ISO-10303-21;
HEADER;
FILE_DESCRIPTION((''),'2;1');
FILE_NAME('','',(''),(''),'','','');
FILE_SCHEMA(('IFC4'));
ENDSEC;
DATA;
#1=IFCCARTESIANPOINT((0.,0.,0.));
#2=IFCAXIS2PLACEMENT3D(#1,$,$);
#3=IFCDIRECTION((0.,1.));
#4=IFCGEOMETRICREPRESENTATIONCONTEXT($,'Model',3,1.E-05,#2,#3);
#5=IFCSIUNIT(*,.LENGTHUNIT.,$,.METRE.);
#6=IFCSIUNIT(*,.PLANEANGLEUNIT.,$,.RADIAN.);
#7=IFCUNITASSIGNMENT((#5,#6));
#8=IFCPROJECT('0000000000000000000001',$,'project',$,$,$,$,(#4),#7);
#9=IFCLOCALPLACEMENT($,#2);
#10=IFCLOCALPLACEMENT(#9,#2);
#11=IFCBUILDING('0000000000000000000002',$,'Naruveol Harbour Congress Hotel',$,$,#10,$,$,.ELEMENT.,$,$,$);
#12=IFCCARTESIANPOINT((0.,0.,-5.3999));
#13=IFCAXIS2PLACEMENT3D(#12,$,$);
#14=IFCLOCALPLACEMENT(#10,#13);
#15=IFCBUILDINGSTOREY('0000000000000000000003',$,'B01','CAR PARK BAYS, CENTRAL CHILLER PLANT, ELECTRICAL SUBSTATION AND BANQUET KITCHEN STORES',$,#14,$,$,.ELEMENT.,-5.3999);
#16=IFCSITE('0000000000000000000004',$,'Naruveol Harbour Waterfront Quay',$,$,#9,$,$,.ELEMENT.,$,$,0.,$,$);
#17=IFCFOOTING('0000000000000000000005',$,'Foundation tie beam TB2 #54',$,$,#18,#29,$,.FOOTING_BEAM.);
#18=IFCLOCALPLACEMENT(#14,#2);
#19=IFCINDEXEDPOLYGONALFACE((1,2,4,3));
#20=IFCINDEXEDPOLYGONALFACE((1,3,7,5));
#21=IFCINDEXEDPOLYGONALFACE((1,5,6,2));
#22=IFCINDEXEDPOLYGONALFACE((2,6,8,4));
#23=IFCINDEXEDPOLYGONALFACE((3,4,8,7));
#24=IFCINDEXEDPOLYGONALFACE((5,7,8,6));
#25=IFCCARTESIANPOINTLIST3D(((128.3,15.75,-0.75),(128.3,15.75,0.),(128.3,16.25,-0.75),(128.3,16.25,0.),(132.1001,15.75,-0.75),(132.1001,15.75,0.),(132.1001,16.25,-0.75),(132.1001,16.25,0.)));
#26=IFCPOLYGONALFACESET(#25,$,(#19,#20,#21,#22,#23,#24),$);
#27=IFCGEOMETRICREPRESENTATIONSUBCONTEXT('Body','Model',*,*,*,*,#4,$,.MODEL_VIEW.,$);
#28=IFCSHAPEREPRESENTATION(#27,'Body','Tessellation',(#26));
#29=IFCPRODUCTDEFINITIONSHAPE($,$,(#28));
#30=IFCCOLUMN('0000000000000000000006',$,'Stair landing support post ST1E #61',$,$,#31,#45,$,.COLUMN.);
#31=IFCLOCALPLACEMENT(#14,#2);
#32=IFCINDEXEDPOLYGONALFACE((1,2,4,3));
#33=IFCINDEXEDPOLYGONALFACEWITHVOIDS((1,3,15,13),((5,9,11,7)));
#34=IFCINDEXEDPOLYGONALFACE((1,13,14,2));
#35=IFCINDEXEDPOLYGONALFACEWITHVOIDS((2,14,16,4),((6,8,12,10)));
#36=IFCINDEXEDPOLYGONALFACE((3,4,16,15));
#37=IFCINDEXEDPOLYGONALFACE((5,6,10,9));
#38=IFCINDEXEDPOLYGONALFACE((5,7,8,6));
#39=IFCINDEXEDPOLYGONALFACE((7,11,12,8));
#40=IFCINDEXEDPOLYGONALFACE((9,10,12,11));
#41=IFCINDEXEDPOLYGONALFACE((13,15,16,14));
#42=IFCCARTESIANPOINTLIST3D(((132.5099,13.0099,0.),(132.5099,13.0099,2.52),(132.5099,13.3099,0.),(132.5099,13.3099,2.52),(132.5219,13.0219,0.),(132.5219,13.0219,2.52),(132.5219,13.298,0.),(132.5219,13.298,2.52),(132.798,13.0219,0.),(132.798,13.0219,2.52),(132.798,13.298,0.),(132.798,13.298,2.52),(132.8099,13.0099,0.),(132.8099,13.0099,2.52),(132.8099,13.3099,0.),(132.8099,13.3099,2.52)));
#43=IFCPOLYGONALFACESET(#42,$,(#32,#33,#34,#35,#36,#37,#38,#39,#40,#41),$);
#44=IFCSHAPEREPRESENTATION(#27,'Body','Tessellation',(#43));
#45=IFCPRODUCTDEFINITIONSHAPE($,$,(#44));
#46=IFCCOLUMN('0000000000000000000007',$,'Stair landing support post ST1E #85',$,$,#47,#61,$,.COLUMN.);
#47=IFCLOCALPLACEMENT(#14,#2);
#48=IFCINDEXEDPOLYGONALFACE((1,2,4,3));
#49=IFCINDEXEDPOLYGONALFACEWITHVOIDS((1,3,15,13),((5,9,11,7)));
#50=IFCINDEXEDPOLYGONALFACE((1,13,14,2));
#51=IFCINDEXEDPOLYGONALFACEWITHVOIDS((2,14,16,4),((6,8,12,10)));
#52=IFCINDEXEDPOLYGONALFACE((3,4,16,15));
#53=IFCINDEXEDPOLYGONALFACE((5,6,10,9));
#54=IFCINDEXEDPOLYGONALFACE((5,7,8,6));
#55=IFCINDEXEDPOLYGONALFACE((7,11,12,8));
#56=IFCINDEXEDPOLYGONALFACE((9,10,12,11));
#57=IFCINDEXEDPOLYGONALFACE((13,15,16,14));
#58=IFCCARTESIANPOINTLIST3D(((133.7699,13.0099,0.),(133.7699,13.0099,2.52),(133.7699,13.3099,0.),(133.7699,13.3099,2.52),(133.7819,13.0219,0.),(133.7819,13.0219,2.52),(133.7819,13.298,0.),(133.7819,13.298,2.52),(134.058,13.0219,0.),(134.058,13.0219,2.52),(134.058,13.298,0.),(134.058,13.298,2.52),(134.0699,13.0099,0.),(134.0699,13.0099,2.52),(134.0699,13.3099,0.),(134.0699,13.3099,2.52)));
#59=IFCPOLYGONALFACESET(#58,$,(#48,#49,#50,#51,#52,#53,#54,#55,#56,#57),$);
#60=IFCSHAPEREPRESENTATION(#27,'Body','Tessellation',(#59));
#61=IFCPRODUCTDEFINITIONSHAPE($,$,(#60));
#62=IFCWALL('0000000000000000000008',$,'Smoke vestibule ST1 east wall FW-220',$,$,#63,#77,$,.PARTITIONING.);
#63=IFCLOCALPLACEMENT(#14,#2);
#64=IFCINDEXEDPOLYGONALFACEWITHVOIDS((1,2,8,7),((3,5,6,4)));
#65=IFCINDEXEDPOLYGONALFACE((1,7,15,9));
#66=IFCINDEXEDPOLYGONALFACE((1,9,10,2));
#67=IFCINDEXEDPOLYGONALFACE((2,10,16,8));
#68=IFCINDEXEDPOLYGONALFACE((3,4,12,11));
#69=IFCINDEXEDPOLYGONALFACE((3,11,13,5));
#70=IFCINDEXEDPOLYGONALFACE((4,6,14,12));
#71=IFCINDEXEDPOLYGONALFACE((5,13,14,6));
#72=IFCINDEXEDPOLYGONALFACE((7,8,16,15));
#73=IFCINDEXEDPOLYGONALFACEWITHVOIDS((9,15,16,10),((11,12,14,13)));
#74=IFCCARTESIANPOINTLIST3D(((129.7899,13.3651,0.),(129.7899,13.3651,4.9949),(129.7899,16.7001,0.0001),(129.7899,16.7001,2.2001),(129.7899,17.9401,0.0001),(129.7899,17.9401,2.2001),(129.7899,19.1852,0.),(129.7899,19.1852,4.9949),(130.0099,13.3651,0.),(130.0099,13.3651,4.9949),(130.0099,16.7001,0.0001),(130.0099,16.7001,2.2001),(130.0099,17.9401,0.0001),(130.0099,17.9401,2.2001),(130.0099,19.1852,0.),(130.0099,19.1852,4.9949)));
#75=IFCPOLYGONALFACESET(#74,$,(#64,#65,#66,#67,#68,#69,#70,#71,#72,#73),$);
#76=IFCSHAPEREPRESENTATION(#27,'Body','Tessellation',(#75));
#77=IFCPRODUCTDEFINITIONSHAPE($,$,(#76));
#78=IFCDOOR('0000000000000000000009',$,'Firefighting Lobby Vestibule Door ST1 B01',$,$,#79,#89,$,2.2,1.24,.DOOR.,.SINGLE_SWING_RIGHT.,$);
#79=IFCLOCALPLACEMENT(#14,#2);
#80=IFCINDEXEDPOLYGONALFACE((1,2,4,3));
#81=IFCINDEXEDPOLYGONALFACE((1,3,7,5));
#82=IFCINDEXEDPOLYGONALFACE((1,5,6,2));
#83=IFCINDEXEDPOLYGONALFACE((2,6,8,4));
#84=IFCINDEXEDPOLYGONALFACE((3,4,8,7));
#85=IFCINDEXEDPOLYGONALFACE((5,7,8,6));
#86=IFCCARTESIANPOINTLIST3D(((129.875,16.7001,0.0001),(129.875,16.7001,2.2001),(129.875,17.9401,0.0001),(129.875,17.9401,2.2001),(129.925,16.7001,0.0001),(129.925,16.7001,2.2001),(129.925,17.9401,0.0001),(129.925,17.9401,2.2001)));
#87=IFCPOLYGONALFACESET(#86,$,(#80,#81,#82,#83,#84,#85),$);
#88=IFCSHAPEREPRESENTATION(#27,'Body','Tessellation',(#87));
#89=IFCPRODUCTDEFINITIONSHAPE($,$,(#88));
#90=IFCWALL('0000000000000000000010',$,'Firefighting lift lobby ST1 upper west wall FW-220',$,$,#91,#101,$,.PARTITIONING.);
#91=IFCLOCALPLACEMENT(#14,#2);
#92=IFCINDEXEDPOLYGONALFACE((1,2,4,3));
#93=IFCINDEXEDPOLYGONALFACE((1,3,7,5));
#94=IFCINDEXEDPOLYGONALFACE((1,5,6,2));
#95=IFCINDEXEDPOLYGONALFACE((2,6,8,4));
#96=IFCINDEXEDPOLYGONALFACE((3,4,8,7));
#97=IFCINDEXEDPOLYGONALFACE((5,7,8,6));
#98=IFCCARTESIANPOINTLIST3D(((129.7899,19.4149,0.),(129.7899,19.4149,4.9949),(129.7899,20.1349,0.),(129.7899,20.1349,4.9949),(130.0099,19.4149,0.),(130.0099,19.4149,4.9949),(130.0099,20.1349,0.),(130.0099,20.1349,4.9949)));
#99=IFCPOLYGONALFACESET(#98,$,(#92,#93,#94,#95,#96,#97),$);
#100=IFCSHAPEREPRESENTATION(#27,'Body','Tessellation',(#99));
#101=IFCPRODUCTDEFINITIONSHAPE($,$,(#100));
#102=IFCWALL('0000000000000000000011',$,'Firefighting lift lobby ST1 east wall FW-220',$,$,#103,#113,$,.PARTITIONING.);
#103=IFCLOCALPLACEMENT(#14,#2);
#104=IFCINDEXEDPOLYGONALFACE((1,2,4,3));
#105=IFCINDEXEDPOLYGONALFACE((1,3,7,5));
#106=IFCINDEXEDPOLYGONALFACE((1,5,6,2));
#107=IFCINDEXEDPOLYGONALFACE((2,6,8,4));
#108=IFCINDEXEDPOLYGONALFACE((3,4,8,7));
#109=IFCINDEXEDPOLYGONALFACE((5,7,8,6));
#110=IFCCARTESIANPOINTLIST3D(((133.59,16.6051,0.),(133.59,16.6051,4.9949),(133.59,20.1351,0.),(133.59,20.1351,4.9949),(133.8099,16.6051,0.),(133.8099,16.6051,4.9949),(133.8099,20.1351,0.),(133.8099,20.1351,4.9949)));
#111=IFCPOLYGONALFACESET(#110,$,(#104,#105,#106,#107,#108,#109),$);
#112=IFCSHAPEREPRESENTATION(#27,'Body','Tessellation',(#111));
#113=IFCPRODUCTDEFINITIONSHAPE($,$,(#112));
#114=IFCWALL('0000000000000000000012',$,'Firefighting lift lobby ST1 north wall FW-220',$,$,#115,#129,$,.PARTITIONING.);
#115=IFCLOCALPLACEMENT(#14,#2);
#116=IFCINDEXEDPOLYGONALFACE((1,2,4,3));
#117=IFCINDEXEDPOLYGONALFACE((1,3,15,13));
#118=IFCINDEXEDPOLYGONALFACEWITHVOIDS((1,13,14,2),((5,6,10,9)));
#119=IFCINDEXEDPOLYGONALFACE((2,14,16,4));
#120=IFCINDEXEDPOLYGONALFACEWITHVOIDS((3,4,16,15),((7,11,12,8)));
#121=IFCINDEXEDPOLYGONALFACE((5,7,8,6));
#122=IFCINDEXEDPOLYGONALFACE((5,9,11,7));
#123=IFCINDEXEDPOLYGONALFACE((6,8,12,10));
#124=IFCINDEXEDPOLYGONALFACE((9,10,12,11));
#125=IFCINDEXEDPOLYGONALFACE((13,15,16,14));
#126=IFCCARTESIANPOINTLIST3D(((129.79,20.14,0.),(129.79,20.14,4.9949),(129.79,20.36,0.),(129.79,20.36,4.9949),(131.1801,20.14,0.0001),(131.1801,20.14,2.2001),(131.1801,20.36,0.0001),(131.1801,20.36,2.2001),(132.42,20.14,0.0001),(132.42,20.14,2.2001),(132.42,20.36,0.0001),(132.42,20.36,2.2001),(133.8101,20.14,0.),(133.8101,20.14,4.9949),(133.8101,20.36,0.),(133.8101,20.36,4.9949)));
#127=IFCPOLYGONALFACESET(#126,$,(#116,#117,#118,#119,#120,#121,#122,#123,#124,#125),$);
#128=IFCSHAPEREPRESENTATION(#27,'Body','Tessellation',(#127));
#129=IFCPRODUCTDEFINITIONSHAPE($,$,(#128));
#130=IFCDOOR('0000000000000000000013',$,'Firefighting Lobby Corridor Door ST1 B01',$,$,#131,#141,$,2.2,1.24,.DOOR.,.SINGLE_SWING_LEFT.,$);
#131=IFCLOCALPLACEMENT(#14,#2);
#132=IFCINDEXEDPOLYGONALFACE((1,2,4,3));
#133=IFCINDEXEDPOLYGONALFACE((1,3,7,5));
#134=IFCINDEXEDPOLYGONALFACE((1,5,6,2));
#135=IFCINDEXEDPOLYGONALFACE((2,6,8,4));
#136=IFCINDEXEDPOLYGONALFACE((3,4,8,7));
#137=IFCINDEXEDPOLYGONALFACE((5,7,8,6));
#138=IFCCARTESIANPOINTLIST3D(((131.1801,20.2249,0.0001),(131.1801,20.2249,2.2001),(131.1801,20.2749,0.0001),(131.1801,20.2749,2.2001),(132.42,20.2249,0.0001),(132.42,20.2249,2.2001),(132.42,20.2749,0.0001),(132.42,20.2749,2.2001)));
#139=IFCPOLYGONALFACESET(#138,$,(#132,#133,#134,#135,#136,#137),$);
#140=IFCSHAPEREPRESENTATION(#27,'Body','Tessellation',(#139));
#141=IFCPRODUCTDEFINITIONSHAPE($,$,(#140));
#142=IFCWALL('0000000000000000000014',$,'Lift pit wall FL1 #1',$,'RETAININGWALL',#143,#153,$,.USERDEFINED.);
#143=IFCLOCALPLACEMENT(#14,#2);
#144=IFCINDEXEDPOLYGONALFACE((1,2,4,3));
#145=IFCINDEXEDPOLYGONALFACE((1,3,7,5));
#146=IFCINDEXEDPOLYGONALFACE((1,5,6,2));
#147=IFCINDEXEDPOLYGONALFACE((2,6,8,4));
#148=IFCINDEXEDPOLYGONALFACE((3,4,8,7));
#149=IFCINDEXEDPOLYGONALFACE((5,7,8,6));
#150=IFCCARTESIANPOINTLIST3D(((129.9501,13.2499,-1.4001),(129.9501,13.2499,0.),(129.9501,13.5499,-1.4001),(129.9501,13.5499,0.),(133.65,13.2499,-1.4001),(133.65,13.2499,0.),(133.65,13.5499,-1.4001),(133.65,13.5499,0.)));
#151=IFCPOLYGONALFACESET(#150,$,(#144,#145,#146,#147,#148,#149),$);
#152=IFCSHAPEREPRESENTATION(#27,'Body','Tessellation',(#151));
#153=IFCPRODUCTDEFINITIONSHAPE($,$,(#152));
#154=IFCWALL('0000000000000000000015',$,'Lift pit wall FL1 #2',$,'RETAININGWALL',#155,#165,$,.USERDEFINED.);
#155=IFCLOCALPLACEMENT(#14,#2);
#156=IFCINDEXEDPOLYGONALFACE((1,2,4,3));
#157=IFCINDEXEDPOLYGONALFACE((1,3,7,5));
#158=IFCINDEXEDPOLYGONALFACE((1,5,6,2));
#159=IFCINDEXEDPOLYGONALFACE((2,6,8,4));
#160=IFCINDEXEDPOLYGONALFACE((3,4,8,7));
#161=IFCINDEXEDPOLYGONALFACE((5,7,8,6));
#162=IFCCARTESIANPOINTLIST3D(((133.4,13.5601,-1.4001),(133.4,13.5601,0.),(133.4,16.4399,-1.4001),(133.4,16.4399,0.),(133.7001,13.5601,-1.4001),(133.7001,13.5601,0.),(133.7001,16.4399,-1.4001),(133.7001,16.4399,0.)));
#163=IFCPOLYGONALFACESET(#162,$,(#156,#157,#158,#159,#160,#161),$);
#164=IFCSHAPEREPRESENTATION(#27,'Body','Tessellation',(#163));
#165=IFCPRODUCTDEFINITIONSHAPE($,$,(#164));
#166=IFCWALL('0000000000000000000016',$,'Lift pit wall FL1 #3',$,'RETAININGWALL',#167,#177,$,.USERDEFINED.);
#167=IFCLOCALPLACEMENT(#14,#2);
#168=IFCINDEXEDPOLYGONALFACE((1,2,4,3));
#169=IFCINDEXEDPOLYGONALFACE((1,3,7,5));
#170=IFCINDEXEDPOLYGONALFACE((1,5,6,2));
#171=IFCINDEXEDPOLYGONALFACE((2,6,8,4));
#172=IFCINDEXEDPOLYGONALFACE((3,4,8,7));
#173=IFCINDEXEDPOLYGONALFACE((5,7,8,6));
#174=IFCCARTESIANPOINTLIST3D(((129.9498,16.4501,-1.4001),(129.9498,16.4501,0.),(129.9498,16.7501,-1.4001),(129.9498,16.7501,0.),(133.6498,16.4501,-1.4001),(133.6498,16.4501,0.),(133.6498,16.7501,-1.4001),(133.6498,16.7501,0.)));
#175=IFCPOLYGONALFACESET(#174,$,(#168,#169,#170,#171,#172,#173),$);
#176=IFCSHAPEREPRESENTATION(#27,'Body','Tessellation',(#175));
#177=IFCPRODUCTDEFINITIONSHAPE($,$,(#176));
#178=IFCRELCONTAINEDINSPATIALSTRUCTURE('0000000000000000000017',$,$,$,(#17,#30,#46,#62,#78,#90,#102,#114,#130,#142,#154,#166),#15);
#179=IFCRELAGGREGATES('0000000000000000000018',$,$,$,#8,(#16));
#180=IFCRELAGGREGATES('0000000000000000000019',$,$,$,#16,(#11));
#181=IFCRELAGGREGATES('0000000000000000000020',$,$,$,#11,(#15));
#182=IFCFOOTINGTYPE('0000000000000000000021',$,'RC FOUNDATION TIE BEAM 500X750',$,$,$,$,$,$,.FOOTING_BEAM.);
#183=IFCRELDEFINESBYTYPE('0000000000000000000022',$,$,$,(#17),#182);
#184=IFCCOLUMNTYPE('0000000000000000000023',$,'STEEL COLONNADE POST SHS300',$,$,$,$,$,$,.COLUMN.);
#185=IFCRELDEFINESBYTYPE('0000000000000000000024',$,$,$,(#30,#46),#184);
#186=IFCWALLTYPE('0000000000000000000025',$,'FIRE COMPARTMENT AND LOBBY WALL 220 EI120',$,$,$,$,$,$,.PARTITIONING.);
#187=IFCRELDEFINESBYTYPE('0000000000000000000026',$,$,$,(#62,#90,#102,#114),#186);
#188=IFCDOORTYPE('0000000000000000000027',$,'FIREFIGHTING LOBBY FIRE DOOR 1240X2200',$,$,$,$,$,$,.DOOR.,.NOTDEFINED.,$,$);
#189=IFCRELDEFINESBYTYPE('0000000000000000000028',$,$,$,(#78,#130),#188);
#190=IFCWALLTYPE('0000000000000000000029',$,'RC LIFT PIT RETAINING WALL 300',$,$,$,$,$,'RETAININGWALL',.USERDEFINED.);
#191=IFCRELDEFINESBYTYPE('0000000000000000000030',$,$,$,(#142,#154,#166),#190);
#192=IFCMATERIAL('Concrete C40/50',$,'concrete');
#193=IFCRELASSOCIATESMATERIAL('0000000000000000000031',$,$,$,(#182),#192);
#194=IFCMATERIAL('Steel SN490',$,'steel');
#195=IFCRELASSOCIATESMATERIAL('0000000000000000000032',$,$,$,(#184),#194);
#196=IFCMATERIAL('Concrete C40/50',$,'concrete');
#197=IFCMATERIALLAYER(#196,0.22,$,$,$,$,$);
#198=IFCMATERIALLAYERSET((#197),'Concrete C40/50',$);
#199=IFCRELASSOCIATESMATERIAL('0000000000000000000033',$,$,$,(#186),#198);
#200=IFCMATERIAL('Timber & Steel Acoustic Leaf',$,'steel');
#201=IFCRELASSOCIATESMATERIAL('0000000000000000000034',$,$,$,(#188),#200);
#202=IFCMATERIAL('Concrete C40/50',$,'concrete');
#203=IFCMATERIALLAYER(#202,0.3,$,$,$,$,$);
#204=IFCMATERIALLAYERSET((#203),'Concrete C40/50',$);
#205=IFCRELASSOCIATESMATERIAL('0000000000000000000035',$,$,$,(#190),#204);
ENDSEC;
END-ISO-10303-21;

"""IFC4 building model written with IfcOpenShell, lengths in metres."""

from ifc_helpers import new_model, si_unit, direction, frame, frame_2d, origin, origin_2d, place, context, subcontext, project, spatial, rectangle, hollow_rectangle, extrude, material, layer, layer_set, material_profile, profile_set, type_object, element, fill, save


model = new_model("IFC4")

# Units and contexts
model_context = context("Model", 3, precision=1e-05, world=origin(), true_north=direction((0.0, 1.0)))
body_context = subcontext(model_context, "Body", "Model", "MODEL_VIEW")
ifc_project = project(units=[si_unit("LENGTHUNIT", "METRE"), si_unit("PLANEANGLEUNIT", "RADIAN")], contexts=[model_context])

# Site, building, storey
site_placement = place(None, origin())
site = spatial("IfcSite", under=ifc_project, at=site_placement, Name="Naruveol Harbour Waterfront Quay", CompositionType="ELEMENT", RefElevation=0.0)
building_placement = place(site_placement, origin())
building = spatial("IfcBuilding", under=site, at=building_placement, Name="Naruveol Harbour Congress Hotel", CompositionType="ELEMENT")
storey_placement = place(building_placement, frame((0.0, 0.0, -5.3999)))
storey = spatial("IfcBuildingStorey", under=building, at=storey_placement, Name="B01", Description="CAR PARK BAYS, CENTRAL CHILLER PLANT, ELECTRICAL SUBSTATION AND BANQUET KITCHEN STORES", CompositionType="ELEMENT", Elevation=-5.3999)

# Footing
ifc_material_1 = material(Name="Concrete C40/50", Category="concrete")
ifc_material_profile_1 = material_profile(ifc_material_1, rectangle(XDim=0.5, YDim=0.75, at=origin_2d()), Name="RCB-500x750")
ifc_profile_set_1 = profile_set([ifc_material_profile_1], Name="Concrete C40/50")
footing_type = type_object("IfcFootingType", Name="RC FOUNDATION TIE BEAM 500X750", PredefinedType="FOOTING_BEAM", material=ifc_profile_set_1)
footing_placement = place(storey_placement, frame((128.3, 16.0, -0.375), z_axis=(1.0, 0.0, 0.0), x_axis=(0.0, 1.0, 0.0)))
element("IfcFooting", 1, at=footing_placement, inside=storey, type_object=footing_type, Name="Foundation tie beam TB2 #54", PredefinedType="FOOTING_BEAM", context=body_context, shape_type="SweptSolid", body=[
    extrude(rectangle(XDim=0.5, YDim=0.75, at=origin_2d()), origin(), (0.0, 0.0, 1.0), 3.8),
])

# Columns
ifc_material_2 = material(Name="Steel SN490", Category="steel")
ifc_material_profile_2 = material_profile(ifc_material_2, hollow_rectangle(XDim=0.3, YDim=0.3, WallThickness=0.012, at=origin_2d()), Name="SHS-300x300x12")
ifc_profile_set_2 = profile_set([ifc_material_profile_2], Name="Steel SN490")
column_type = type_object("IfcColumnType", Name="STEEL COLONNADE POST SHS300", PredefinedType="COLUMN", material=ifc_profile_set_2)
for number, where, z_axis, x_axis, name in (
    (2, (132.6599, 13.1599, 0.0), (0.0, 0.0, 1.0), (1.0, 0.0, 0.0), "Stair landing support post ST1E #61"),
    (3, (133.9199, 13.1599, 0.0), (0.0, 0.0, 1.0), (1.0, 0.0, 0.0), "Stair landing support post ST1E #85"),
):
    element("IfcColumn", number, at=place(storey_placement, frame(where, z_axis=z_axis, x_axis=x_axis)), inside=storey, type_object=column_type, Name=name, PredefinedType="COLUMN", context=body_context, shape_type="SweptSolid", body=[
        extrude(hollow_rectangle(XDim=0.3, YDim=0.3, WallThickness=0.012, at=origin_2d()), origin(), (0.0, 0.0, 1.0), 2.52),
    ])

# Wall, opening, door
ifc_material_3 = material(Name="Concrete C40/50", Category="concrete")
ifc_layer_1 = layer(ifc_material_3, 0.22)
ifc_layer_set_1 = layer_set([ifc_layer_1], Name="Concrete C40/50")
wall_type_1 = type_object("IfcWallType", Name="FIRE COMPARTMENT AND LOBBY WALL 220 EI120", PredefinedType="PARTITIONING", material=ifc_layer_set_1)
wall_1_placement = place(storey_placement, frame((129.8999, 13.365, 0.0), z_axis=(0.0, 0.0, 1.0), x_axis=(0.0, 1.0, 0.0)))
wall_1 = element("IfcWall", 4, at=wall_1_placement, inside=storey, type_object=wall_type_1, Name="Smoke vestibule ST1 east wall FW-220", PredefinedType="PARTITIONING", context=body_context, shape_type="SweptSolid", body=[
    extrude(rectangle(XDim=5.8201, YDim=0.22, at=frame_2d((2.9102, 0.0))), origin(), (0.0, 0.0, 1.0), 4.9949),
])
opening_1_placement = place(wall_1_placement, frame((3.335, 0.0, 0.0)))
opening_1 = element("IfcOpeningElement", 5, at=opening_1_placement, cuts=wall_1, PredefinedType="OPENING", context=body_context, shape_type="SweptSolid", body=[
    extrude(rectangle(XDim=1.24, YDim=2.2, at=frame_2d((0.6201, 1.1001))), frame((0.0, 0.1199, 0.0), z_axis=(0.0, -1.0, 0.0), x_axis=(1.0, 0.0, 0.0)), (0.0, 0.0, 1.0), 0.24),
])
ifc_material_4 = material(Name="Timber & Steel Acoustic Leaf", Category="steel")
door_type_1 = type_object("IfcDoorType", Name="FIREFIGHTING LOBBY FIRE DOOR 1240X2200", OperationType="NOTDEFINED", PredefinedType="DOOR", material=ifc_material_4)
door_1_placement = place(opening_1_placement, origin())
door_1 = element("IfcDoor", 6, at=door_1_placement, inside=storey, type_object=door_type_1, Name="Firefighting Lobby Vestibule Door ST1 B01", OperationType="SINGLE_SWING_RIGHT", OverallHeight=2.2, OverallWidth=1.24, PredefinedType="DOOR", context=body_context, shape_type="SweptSolid", body=[
    extrude(rectangle(XDim=1.24, YDim=2.2, at=frame_2d((0.6201, 1.1001))), frame((0.0, 0.0249, 0.0), z_axis=(0.0, -1.0, 0.0), x_axis=(1.0, 0.0, 0.0)), (0.0, 0.0, 1.0), 0.05),
])
fill(opening_1, door_1)

# Walls
wall_2_placement = place(storey_placement, frame((129.8999, 19.415, 0.0), z_axis=(0.0, 0.0, 1.0), x_axis=(0.0, 1.0, 0.0)))
element("IfcWall", 7, at=wall_2_placement, inside=storey, type_object=wall_type_1, Name="Firefighting lift lobby ST1 upper west wall FW-220", PredefinedType="PARTITIONING", context=body_context, shape_type="SweptSolid", body=[
    extrude(rectangle(XDim=0.72, YDim=0.22, at=frame_2d((0.3599, 0.0))), origin(), (0.0, 0.0, 1.0), 4.9949),
])
wall_3_placement = place(storey_placement, frame((133.7, 16.605, 0.0), z_axis=(0.0, 0.0, 1.0), x_axis=(0.0, 1.0, 0.0)))
element("IfcWall", 8, at=wall_3_placement, inside=storey, type_object=wall_type_1, Name="Firefighting lift lobby ST1 east wall FW-220", PredefinedType="PARTITIONING", context=body_context, shape_type="SweptSolid", body=[
    extrude(rectangle(XDim=3.53, YDim=0.22, at=frame_2d((1.7651, 0.0))), origin(), (0.0, 0.0, 1.0), 4.9949),
])

# Wall, opening, door
wall_4_placement = place(storey_placement, frame((129.79, 20.25, 0.0), z_axis=(0.0, 0.0, 1.0), x_axis=(1.0, 0.0, 0.0)))
wall_4 = element("IfcWall", 9, at=wall_4_placement, inside=storey, type_object=wall_type_1, Name="Firefighting lift lobby ST1 north wall FW-220", PredefinedType="PARTITIONING", context=body_context, shape_type="SweptSolid", body=[
    extrude(rectangle(XDim=4.02, YDim=0.22, at=frame_2d((2.01, 0.0))), origin(), (0.0, 0.0, 1.0), 4.9949),
])
opening_2_placement = place(wall_4_placement, frame((1.3899, 0.0, 0.0)))
opening_2 = element("IfcOpeningElement", 10, at=opening_2_placement, cuts=wall_4, PredefinedType="OPENING", context=body_context, shape_type="SweptSolid", body=[
    extrude(rectangle(XDim=1.24, YDim=2.2, at=frame_2d((0.6201, 1.1001))), frame((0.0, 0.1199, 0.0), z_axis=(0.0, -1.0, 0.0), x_axis=(1.0, 0.0, 0.0)), (0.0, 0.0, 1.0), 0.24),
])
door_2_placement = place(opening_2_placement, origin())
door_2 = element("IfcDoor", 11, at=door_2_placement, inside=storey, type_object=door_type_1, Name="Firefighting Lobby Corridor Door ST1 B01", OperationType="SINGLE_SWING_LEFT", OverallHeight=2.2, OverallWidth=1.24, PredefinedType="DOOR", context=body_context, shape_type="SweptSolid", body=[
    extrude(rectangle(XDim=1.24, YDim=2.2, at=frame_2d((0.6201, 1.1001))), frame((0.0, 0.0249, 0.0), z_axis=(0.0, -1.0, 0.0), x_axis=(1.0, 0.0, 0.0)), (0.0, 0.0, 1.0), 0.05),
])
fill(opening_2, door_2)

# Walls
ifc_material_5 = material(Name="Concrete C40/50", Category="concrete")
ifc_layer_2 = layer(ifc_material_5, 0.3)
ifc_layer_set_2 = layer_set([ifc_layer_2], Name="Concrete C40/50")
wall_type_2 = type_object("IfcWallType", Name="RC LIFT PIT RETAINING WALL 300", ElementType="RETAININGWALL", PredefinedType="USERDEFINED", material=ifc_layer_set_2)
wall_5_placement = place(storey_placement, frame((129.95, 13.3999, -1.4001), z_axis=(0.0, 0.0, 1.0), x_axis=(1.0, 0.0, 0.0)))
element("IfcWall", 12, at=wall_5_placement, inside=storey, type_object=wall_type_2, Name="Lift pit wall FL1 #1", ObjectType="RETAININGWALL", PredefinedType="USERDEFINED", context=body_context, shape_type="SweptSolid", body=[
    extrude(rectangle(XDim=3.7, YDim=0.3, at=frame_2d((1.8501, 0.0))), origin(), (0.0, 0.0, 1.0), 1.4001),
])
wall_6_placement = place(storey_placement, frame((133.55, 13.5601, -1.4001), z_axis=(0.0, 0.0, 1.0), x_axis=(0.0, 1.0, 0.0)))
element("IfcWall", 13, at=wall_6_placement, inside=storey, type_object=wall_type_2, Name="Lift pit wall FL1 #2", ObjectType="RETAININGWALL", PredefinedType="USERDEFINED", context=body_context, shape_type="SweptSolid", body=[
    extrude(rectangle(XDim=2.8799, YDim=0.3, at=frame_2d((1.4399, 0.0))), origin(), (0.0, 0.0, 1.0), 1.4001),
])
wall_7_placement = place(storey_placement, frame((133.6499, 16.6001, -1.4001), z_axis=(0.0, 0.0, 1.0), x_axis=(-1.0, 0.0, 0.0)))
element("IfcWall", 14, at=wall_7_placement, inside=storey, type_object=wall_type_2, Name="Lift pit wall FL1 #3", ObjectType="RETAININGWALL", PredefinedType="USERDEFINED", context=body_context, shape_type="SweptSolid", body=[
    extrude(rectangle(XDim=3.7, YDim=0.3, at=frame_2d((1.8501, 0.0))), origin(), (0.0, 0.0, 1.0), 1.4001),
])

save(model, "model.ifc")
